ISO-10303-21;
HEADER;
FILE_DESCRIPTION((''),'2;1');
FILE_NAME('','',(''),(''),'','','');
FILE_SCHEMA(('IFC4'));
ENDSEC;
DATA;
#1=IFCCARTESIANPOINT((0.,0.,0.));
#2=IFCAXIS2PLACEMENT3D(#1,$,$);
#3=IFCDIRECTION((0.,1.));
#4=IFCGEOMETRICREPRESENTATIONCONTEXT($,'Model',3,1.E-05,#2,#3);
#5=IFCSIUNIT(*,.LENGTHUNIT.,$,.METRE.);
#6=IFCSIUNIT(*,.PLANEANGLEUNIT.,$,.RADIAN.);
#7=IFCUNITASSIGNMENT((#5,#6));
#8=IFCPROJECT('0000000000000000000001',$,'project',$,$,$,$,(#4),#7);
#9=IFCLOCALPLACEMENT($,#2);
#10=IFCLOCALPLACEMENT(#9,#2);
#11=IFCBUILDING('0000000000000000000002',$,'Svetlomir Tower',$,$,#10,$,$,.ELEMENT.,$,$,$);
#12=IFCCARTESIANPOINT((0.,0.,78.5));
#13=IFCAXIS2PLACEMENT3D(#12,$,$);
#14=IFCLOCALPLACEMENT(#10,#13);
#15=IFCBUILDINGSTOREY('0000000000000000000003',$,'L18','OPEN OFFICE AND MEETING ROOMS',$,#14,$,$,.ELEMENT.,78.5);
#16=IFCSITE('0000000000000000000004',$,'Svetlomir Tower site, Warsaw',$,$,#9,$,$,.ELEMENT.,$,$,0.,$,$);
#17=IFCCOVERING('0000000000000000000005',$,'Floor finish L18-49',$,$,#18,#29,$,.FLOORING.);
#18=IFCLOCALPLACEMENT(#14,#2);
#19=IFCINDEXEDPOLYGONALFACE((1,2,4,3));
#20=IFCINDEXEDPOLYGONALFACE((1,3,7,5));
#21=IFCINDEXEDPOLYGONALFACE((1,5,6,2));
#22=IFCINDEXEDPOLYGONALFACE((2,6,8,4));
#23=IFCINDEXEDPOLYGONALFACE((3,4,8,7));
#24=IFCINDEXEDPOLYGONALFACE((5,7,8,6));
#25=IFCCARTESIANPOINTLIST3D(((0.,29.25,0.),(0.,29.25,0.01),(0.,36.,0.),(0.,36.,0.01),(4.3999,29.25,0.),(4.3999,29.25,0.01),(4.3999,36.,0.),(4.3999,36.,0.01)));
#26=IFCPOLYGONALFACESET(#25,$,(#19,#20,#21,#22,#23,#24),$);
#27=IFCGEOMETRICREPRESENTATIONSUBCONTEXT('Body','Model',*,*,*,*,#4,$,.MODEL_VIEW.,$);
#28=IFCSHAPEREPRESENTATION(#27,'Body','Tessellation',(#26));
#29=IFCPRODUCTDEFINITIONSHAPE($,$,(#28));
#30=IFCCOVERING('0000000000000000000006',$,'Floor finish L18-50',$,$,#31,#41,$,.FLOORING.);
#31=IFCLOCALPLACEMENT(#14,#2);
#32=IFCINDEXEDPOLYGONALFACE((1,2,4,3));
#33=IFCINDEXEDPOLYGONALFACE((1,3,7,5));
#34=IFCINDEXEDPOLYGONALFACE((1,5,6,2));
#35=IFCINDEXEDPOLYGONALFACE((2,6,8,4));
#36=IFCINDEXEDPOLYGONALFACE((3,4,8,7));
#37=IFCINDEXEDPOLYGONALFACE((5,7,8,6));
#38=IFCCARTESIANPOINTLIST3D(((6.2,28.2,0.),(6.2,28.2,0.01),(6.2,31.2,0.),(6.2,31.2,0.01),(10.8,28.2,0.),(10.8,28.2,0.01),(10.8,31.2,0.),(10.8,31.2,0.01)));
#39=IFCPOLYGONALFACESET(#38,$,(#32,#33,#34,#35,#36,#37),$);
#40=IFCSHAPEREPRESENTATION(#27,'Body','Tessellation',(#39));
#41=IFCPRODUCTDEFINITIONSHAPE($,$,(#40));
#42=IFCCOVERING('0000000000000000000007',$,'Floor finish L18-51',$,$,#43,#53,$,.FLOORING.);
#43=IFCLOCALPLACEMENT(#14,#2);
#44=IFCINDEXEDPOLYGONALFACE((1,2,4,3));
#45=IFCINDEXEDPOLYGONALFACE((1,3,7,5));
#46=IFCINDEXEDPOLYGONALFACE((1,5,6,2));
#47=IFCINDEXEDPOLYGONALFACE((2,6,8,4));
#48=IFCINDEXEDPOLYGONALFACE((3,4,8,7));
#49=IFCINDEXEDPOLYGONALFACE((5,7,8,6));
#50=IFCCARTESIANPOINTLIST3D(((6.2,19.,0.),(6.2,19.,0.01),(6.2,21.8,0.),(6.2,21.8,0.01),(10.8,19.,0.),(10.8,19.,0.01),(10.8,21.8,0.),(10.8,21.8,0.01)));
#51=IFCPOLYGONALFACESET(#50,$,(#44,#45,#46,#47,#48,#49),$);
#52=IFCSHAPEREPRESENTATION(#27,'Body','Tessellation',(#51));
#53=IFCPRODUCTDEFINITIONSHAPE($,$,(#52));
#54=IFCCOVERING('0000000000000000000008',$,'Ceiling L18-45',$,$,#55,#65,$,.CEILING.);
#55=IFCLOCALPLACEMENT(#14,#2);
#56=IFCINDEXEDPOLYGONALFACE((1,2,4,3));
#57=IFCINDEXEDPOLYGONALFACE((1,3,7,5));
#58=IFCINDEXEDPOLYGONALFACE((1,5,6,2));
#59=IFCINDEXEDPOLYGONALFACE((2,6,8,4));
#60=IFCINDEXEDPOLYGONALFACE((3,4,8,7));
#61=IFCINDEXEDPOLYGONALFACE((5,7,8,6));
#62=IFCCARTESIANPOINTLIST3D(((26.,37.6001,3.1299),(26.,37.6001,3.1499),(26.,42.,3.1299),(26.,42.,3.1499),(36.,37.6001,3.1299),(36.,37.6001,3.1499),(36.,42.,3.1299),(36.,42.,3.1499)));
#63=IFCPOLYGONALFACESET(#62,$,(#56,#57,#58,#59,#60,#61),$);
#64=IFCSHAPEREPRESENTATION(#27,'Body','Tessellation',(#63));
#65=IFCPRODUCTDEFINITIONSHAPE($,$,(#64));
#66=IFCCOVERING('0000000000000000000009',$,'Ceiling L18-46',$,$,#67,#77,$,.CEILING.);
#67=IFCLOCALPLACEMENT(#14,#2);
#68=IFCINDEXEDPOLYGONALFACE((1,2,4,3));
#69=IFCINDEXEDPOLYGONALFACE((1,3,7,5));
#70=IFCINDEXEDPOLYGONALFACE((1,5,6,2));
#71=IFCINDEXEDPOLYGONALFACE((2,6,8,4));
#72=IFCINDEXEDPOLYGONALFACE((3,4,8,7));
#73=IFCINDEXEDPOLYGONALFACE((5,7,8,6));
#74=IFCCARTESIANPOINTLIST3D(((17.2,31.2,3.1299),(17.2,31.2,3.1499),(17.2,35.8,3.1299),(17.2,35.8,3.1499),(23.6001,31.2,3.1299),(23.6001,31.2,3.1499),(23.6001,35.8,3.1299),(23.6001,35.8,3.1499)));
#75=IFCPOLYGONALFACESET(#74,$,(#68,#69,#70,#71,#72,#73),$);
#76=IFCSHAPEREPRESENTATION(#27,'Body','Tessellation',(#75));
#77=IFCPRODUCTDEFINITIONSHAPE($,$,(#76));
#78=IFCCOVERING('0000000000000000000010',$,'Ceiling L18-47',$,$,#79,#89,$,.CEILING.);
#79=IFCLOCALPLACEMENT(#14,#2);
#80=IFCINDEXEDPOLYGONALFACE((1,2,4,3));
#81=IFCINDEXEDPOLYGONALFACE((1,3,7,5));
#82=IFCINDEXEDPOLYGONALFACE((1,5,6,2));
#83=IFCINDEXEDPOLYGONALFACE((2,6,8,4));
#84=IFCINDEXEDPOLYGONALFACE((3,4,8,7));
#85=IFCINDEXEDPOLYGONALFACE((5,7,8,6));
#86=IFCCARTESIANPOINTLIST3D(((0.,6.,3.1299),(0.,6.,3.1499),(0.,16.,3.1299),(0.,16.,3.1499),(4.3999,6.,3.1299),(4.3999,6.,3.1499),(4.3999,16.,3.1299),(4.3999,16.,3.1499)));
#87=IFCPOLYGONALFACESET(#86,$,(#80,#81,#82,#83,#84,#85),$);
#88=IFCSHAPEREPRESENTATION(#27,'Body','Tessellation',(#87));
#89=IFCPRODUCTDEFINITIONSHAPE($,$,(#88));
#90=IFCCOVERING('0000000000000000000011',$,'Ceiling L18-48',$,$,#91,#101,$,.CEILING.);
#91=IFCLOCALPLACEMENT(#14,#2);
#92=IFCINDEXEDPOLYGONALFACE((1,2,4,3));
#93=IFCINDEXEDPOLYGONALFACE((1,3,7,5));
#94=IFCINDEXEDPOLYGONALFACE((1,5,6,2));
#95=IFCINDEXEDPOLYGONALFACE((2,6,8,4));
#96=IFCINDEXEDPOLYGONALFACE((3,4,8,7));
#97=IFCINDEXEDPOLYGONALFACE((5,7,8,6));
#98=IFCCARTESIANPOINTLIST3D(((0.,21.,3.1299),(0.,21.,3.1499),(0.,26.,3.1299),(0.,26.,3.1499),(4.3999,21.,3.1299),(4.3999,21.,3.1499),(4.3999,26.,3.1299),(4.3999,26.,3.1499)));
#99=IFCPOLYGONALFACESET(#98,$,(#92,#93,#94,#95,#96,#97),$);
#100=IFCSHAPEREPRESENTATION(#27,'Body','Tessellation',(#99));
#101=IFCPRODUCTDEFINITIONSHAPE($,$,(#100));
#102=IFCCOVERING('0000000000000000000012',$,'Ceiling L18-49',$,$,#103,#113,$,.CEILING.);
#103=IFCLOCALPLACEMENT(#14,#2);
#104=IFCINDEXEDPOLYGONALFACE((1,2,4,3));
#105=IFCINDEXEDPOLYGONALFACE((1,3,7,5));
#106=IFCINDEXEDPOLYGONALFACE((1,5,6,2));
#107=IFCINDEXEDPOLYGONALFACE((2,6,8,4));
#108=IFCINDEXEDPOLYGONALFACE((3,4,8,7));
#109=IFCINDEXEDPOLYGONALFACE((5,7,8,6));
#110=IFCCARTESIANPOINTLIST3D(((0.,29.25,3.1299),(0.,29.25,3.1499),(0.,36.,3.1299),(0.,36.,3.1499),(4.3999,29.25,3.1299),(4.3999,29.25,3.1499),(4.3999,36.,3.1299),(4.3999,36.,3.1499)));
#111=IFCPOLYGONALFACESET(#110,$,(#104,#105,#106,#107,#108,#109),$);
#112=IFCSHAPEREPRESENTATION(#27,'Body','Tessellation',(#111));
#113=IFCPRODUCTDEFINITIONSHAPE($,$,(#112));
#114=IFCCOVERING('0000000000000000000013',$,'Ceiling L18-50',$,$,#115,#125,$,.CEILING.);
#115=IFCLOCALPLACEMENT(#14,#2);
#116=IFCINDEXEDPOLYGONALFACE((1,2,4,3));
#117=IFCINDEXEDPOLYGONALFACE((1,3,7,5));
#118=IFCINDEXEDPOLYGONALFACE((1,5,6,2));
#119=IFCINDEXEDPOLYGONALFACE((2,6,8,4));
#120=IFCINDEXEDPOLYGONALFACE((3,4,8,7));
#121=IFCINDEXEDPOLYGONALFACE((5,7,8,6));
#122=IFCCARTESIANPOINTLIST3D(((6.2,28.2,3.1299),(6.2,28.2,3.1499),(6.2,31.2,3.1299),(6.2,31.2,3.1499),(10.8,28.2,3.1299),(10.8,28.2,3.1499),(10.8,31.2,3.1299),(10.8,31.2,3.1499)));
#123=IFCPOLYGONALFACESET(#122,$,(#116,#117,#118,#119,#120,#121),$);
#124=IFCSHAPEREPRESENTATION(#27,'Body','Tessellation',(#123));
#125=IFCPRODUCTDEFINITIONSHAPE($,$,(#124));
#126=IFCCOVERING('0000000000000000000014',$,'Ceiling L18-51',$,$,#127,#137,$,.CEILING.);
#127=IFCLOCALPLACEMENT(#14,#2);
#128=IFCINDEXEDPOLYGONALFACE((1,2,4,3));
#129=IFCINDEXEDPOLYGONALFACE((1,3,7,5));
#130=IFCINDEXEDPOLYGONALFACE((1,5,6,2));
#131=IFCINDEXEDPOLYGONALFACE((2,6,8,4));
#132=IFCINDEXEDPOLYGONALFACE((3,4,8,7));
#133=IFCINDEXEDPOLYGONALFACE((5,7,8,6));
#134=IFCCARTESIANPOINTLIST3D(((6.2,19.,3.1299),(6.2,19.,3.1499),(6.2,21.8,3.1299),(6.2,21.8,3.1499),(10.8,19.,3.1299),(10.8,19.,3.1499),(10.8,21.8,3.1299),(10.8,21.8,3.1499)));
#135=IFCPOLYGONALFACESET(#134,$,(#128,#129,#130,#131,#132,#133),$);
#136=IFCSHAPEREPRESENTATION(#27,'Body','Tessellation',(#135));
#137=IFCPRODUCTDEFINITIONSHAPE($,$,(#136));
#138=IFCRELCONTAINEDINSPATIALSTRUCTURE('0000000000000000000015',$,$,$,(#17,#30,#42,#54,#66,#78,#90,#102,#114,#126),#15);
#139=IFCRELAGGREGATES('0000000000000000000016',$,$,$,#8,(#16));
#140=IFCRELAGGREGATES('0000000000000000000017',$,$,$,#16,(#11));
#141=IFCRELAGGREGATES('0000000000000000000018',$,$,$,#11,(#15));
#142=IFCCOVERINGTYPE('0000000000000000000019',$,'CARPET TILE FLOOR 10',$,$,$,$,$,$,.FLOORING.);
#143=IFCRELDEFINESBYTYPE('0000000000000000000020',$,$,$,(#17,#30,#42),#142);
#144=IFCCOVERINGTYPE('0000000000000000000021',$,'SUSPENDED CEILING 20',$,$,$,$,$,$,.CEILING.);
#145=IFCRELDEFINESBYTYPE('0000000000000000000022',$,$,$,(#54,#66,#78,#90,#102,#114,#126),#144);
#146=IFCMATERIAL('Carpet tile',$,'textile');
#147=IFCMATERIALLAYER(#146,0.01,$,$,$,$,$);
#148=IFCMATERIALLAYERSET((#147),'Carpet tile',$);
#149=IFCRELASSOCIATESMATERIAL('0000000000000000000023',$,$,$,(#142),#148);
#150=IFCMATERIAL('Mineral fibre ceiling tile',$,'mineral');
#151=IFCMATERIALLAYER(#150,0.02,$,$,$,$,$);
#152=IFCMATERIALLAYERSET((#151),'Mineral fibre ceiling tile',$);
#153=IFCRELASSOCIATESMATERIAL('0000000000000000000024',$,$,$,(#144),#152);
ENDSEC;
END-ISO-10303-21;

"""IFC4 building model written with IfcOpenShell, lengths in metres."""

from ifc_helpers import new_model, si_unit, direction, frame, origin, place, context, subcontext, project, spatial, polyline, outline, extrude, material, layer, layer_set, type_object, element, save


model = new_model("IFC4")

# Units and contexts
model_context = context("Model", 3, precision=1e-05, world=origin(), true_north=direction((0.0, 1.0)))
body_context = subcontext(model_context, "Body", "Model", "MODEL_VIEW")
ifc_project = project(units=[si_unit("LENGTHUNIT", "METRE"), si_unit("PLANEANGLEUNIT", "RADIAN")], contexts=[model_context])

# Site, building, storey
site_placement = place(None, origin())
site = spatial("IfcSite", under=ifc_project, at=site_placement, Name="Svetlomir Tower site, Warsaw", CompositionType="ELEMENT", RefElevation=0.0)
building_placement = place(site_placement, origin())
building = spatial("IfcBuilding", under=site, at=building_placement, Name="Svetlomir Tower", CompositionType="ELEMENT")
storey_placement = place(building_placement, frame((0.0, 0.0, 78.5)))
storey = spatial("IfcBuildingStorey", under=building, at=storey_placement, Name="L18", Description="OPEN OFFICE AND MEETING ROOMS", CompositionType="ELEMENT", Elevation=78.5)

# Coverings
ifc_material_1 = material(Name="Carpet tile", Category="textile")
ifc_layer_1 = layer(ifc_material_1, 0.01)
ifc_layer_set_1 = layer_set([ifc_layer_1], Name="Carpet tile")
covering_type_1 = type_object("IfcCoveringType", Name="CARPET TILE FLOOR 10", PredefinedType="FLOORING", material=ifc_layer_set_1)
covering_1_placement = place(storey_placement, origin())
element("IfcCovering", 1, at=covering_1_placement, inside=storey, type_object=covering_type_1, Name="Floor finish L18-49", PredefinedType="FLOORING", context=body_context, shape_type="SweptSolid", body=[
    extrude(outline(polyline([(0.0, 36.0), (4.3999, 36.0), (4.3999, 29.25), (0.0, 29.25), (0.0, 36.0)])), origin(), (0.0, 0.0, 1.0), 0.01),
])
covering_2_placement = place(storey_placement, origin())
element("IfcCovering", 2, at=covering_2_placement, inside=storey, type_object=covering_type_1, Name="Floor finish L18-50", PredefinedType="FLOORING", context=body_context, shape_type="SweptSolid", body=[
    extrude(outline(polyline([(6.2, 28.2), (6.2, 31.2), (10.8, 31.2), (10.8, 28.2), (6.2, 28.2)])), origin(), (0.0, 0.0, 1.0), 0.01),
])
covering_3_placement = place(storey_placement, origin())
element("IfcCovering", 3, at=covering_3_placement, inside=storey, type_object=covering_type_1, Name="Floor finish L18-51", PredefinedType="FLOORING", context=body_context, shape_type="SweptSolid", body=[
    extrude(outline(polyline([(6.2, 19.0), (6.2, 21.8), (10.8, 21.8), (10.8, 19.0), (6.2, 19.0)])), origin(), (0.0, 0.0, 1.0), 0.01),
])
ifc_material_2 = material(Name="Mineral fibre ceiling tile", Category="mineral")
ifc_layer_2 = layer(ifc_material_2, 0.02)
ifc_layer_set_2 = layer_set([ifc_layer_2], Name="Mineral fibre ceiling tile")
covering_type_2 = type_object("IfcCoveringType", Name="SUSPENDED CEILING 20", PredefinedType="CEILING", material=ifc_layer_set_2)
covering_4_placement = place(storey_placement, frame((0.0, 0.0, 3.1299)))
element("IfcCovering", 4, at=covering_4_placement, inside=storey, type_object=covering_type_2, Name="Ceiling L18-45", PredefinedType="CEILING", context=body_context, shape_type="SweptSolid", body=[
    extrude(outline(polyline([(26.0, 37.6001), (26.0, 42.0), (36.0, 42.0), (36.0, 37.6001), (26.0, 37.6001)])), origin(), (0.0, 0.0, 1.0), 0.02),
])
covering_5_placement = place(storey_placement, frame((0.0, 0.0, 3.1299)))
element("IfcCovering", 5, at=covering_5_placement, inside=storey, type_object=covering_type_2, Name="Ceiling L18-46", PredefinedType="CEILING", context=body_context, shape_type="SweptSolid", body=[
    extrude(outline(polyline([(17.2, 31.2), (17.2, 35.8), (23.6001, 35.8), (23.6001, 31.2), (17.2, 31.2)])), origin(), (0.0, 0.0, 1.0), 0.02),
])
covering_6_placement = place(storey_placement, frame((0.0, 0.0, 3.1299)))
element("IfcCovering", 6, at=covering_6_placement, inside=storey, type_object=covering_type_2, Name="Ceiling L18-47", PredefinedType="CEILING", context=body_context, shape_type="SweptSolid", body=[
    extrude(outline(polyline([(0.0, 16.0), (4.3999, 16.0), (4.3999, 6.0), (0.0, 6.0), (0.0, 16.0)])), origin(), (0.0, 0.0, 1.0), 0.02),
])
covering_7_placement = place(storey_placement, frame((0.0, 0.0, 3.1299)))
element("IfcCovering", 7, at=covering_7_placement, inside=storey, type_object=covering_type_2, Name="Ceiling L18-48", PredefinedType="CEILING", context=body_context, shape_type="SweptSolid", body=[
    extrude(outline(polyline([(0.0, 26.0), (4.3999, 26.0), (4.3999, 21.0), (0.0, 21.0), (0.0, 26.0)])), origin(), (0.0, 0.0, 1.0), 0.02),
])
covering_8_placement = place(storey_placement, frame((0.0, 0.0, 3.1299)))
element("IfcCovering", 8, at=covering_8_placement, inside=storey, type_object=covering_type_2, Name="Ceiling L18-49", PredefinedType="CEILING", context=body_context, shape_type="SweptSolid", body=[
    extrude(outline(polyline([(0.0, 36.0), (4.3999, 36.0), (4.3999, 29.25), (0.0, 29.25), (0.0, 36.0)])), origin(), (0.0, 0.0, 1.0), 0.02),
])
covering_9_placement = place(storey_placement, frame((0.0, 0.0, 3.1299)))
element("IfcCovering", 9, at=covering_9_placement, inside=storey, type_object=covering_type_2, Name="Ceiling L18-50", PredefinedType="CEILING", context=body_context, shape_type="SweptSolid", body=[
    extrude(outline(polyline([(6.2, 28.2), (6.2, 31.2), (10.8, 31.2), (10.8, 28.2), (6.2, 28.2)])), origin(), (0.0, 0.0, 1.0), 0.02),
])
covering_10_placement = place(storey_placement, frame((0.0, 0.0, 3.1299)))
element("IfcCovering", 10, at=covering_10_placement, inside=storey, type_object=covering_type_2, Name="Ceiling L18-51", PredefinedType="CEILING", context=body_context, shape_type="SweptSolid", body=[
    extrude(outline(polyline([(6.2, 19.0), (6.2, 21.8), (10.8, 21.8), (10.8, 19.0), (6.2, 19.0)])), origin(), (0.0, 0.0, 1.0), 0.02),
])

save(model, "model.ifc")
